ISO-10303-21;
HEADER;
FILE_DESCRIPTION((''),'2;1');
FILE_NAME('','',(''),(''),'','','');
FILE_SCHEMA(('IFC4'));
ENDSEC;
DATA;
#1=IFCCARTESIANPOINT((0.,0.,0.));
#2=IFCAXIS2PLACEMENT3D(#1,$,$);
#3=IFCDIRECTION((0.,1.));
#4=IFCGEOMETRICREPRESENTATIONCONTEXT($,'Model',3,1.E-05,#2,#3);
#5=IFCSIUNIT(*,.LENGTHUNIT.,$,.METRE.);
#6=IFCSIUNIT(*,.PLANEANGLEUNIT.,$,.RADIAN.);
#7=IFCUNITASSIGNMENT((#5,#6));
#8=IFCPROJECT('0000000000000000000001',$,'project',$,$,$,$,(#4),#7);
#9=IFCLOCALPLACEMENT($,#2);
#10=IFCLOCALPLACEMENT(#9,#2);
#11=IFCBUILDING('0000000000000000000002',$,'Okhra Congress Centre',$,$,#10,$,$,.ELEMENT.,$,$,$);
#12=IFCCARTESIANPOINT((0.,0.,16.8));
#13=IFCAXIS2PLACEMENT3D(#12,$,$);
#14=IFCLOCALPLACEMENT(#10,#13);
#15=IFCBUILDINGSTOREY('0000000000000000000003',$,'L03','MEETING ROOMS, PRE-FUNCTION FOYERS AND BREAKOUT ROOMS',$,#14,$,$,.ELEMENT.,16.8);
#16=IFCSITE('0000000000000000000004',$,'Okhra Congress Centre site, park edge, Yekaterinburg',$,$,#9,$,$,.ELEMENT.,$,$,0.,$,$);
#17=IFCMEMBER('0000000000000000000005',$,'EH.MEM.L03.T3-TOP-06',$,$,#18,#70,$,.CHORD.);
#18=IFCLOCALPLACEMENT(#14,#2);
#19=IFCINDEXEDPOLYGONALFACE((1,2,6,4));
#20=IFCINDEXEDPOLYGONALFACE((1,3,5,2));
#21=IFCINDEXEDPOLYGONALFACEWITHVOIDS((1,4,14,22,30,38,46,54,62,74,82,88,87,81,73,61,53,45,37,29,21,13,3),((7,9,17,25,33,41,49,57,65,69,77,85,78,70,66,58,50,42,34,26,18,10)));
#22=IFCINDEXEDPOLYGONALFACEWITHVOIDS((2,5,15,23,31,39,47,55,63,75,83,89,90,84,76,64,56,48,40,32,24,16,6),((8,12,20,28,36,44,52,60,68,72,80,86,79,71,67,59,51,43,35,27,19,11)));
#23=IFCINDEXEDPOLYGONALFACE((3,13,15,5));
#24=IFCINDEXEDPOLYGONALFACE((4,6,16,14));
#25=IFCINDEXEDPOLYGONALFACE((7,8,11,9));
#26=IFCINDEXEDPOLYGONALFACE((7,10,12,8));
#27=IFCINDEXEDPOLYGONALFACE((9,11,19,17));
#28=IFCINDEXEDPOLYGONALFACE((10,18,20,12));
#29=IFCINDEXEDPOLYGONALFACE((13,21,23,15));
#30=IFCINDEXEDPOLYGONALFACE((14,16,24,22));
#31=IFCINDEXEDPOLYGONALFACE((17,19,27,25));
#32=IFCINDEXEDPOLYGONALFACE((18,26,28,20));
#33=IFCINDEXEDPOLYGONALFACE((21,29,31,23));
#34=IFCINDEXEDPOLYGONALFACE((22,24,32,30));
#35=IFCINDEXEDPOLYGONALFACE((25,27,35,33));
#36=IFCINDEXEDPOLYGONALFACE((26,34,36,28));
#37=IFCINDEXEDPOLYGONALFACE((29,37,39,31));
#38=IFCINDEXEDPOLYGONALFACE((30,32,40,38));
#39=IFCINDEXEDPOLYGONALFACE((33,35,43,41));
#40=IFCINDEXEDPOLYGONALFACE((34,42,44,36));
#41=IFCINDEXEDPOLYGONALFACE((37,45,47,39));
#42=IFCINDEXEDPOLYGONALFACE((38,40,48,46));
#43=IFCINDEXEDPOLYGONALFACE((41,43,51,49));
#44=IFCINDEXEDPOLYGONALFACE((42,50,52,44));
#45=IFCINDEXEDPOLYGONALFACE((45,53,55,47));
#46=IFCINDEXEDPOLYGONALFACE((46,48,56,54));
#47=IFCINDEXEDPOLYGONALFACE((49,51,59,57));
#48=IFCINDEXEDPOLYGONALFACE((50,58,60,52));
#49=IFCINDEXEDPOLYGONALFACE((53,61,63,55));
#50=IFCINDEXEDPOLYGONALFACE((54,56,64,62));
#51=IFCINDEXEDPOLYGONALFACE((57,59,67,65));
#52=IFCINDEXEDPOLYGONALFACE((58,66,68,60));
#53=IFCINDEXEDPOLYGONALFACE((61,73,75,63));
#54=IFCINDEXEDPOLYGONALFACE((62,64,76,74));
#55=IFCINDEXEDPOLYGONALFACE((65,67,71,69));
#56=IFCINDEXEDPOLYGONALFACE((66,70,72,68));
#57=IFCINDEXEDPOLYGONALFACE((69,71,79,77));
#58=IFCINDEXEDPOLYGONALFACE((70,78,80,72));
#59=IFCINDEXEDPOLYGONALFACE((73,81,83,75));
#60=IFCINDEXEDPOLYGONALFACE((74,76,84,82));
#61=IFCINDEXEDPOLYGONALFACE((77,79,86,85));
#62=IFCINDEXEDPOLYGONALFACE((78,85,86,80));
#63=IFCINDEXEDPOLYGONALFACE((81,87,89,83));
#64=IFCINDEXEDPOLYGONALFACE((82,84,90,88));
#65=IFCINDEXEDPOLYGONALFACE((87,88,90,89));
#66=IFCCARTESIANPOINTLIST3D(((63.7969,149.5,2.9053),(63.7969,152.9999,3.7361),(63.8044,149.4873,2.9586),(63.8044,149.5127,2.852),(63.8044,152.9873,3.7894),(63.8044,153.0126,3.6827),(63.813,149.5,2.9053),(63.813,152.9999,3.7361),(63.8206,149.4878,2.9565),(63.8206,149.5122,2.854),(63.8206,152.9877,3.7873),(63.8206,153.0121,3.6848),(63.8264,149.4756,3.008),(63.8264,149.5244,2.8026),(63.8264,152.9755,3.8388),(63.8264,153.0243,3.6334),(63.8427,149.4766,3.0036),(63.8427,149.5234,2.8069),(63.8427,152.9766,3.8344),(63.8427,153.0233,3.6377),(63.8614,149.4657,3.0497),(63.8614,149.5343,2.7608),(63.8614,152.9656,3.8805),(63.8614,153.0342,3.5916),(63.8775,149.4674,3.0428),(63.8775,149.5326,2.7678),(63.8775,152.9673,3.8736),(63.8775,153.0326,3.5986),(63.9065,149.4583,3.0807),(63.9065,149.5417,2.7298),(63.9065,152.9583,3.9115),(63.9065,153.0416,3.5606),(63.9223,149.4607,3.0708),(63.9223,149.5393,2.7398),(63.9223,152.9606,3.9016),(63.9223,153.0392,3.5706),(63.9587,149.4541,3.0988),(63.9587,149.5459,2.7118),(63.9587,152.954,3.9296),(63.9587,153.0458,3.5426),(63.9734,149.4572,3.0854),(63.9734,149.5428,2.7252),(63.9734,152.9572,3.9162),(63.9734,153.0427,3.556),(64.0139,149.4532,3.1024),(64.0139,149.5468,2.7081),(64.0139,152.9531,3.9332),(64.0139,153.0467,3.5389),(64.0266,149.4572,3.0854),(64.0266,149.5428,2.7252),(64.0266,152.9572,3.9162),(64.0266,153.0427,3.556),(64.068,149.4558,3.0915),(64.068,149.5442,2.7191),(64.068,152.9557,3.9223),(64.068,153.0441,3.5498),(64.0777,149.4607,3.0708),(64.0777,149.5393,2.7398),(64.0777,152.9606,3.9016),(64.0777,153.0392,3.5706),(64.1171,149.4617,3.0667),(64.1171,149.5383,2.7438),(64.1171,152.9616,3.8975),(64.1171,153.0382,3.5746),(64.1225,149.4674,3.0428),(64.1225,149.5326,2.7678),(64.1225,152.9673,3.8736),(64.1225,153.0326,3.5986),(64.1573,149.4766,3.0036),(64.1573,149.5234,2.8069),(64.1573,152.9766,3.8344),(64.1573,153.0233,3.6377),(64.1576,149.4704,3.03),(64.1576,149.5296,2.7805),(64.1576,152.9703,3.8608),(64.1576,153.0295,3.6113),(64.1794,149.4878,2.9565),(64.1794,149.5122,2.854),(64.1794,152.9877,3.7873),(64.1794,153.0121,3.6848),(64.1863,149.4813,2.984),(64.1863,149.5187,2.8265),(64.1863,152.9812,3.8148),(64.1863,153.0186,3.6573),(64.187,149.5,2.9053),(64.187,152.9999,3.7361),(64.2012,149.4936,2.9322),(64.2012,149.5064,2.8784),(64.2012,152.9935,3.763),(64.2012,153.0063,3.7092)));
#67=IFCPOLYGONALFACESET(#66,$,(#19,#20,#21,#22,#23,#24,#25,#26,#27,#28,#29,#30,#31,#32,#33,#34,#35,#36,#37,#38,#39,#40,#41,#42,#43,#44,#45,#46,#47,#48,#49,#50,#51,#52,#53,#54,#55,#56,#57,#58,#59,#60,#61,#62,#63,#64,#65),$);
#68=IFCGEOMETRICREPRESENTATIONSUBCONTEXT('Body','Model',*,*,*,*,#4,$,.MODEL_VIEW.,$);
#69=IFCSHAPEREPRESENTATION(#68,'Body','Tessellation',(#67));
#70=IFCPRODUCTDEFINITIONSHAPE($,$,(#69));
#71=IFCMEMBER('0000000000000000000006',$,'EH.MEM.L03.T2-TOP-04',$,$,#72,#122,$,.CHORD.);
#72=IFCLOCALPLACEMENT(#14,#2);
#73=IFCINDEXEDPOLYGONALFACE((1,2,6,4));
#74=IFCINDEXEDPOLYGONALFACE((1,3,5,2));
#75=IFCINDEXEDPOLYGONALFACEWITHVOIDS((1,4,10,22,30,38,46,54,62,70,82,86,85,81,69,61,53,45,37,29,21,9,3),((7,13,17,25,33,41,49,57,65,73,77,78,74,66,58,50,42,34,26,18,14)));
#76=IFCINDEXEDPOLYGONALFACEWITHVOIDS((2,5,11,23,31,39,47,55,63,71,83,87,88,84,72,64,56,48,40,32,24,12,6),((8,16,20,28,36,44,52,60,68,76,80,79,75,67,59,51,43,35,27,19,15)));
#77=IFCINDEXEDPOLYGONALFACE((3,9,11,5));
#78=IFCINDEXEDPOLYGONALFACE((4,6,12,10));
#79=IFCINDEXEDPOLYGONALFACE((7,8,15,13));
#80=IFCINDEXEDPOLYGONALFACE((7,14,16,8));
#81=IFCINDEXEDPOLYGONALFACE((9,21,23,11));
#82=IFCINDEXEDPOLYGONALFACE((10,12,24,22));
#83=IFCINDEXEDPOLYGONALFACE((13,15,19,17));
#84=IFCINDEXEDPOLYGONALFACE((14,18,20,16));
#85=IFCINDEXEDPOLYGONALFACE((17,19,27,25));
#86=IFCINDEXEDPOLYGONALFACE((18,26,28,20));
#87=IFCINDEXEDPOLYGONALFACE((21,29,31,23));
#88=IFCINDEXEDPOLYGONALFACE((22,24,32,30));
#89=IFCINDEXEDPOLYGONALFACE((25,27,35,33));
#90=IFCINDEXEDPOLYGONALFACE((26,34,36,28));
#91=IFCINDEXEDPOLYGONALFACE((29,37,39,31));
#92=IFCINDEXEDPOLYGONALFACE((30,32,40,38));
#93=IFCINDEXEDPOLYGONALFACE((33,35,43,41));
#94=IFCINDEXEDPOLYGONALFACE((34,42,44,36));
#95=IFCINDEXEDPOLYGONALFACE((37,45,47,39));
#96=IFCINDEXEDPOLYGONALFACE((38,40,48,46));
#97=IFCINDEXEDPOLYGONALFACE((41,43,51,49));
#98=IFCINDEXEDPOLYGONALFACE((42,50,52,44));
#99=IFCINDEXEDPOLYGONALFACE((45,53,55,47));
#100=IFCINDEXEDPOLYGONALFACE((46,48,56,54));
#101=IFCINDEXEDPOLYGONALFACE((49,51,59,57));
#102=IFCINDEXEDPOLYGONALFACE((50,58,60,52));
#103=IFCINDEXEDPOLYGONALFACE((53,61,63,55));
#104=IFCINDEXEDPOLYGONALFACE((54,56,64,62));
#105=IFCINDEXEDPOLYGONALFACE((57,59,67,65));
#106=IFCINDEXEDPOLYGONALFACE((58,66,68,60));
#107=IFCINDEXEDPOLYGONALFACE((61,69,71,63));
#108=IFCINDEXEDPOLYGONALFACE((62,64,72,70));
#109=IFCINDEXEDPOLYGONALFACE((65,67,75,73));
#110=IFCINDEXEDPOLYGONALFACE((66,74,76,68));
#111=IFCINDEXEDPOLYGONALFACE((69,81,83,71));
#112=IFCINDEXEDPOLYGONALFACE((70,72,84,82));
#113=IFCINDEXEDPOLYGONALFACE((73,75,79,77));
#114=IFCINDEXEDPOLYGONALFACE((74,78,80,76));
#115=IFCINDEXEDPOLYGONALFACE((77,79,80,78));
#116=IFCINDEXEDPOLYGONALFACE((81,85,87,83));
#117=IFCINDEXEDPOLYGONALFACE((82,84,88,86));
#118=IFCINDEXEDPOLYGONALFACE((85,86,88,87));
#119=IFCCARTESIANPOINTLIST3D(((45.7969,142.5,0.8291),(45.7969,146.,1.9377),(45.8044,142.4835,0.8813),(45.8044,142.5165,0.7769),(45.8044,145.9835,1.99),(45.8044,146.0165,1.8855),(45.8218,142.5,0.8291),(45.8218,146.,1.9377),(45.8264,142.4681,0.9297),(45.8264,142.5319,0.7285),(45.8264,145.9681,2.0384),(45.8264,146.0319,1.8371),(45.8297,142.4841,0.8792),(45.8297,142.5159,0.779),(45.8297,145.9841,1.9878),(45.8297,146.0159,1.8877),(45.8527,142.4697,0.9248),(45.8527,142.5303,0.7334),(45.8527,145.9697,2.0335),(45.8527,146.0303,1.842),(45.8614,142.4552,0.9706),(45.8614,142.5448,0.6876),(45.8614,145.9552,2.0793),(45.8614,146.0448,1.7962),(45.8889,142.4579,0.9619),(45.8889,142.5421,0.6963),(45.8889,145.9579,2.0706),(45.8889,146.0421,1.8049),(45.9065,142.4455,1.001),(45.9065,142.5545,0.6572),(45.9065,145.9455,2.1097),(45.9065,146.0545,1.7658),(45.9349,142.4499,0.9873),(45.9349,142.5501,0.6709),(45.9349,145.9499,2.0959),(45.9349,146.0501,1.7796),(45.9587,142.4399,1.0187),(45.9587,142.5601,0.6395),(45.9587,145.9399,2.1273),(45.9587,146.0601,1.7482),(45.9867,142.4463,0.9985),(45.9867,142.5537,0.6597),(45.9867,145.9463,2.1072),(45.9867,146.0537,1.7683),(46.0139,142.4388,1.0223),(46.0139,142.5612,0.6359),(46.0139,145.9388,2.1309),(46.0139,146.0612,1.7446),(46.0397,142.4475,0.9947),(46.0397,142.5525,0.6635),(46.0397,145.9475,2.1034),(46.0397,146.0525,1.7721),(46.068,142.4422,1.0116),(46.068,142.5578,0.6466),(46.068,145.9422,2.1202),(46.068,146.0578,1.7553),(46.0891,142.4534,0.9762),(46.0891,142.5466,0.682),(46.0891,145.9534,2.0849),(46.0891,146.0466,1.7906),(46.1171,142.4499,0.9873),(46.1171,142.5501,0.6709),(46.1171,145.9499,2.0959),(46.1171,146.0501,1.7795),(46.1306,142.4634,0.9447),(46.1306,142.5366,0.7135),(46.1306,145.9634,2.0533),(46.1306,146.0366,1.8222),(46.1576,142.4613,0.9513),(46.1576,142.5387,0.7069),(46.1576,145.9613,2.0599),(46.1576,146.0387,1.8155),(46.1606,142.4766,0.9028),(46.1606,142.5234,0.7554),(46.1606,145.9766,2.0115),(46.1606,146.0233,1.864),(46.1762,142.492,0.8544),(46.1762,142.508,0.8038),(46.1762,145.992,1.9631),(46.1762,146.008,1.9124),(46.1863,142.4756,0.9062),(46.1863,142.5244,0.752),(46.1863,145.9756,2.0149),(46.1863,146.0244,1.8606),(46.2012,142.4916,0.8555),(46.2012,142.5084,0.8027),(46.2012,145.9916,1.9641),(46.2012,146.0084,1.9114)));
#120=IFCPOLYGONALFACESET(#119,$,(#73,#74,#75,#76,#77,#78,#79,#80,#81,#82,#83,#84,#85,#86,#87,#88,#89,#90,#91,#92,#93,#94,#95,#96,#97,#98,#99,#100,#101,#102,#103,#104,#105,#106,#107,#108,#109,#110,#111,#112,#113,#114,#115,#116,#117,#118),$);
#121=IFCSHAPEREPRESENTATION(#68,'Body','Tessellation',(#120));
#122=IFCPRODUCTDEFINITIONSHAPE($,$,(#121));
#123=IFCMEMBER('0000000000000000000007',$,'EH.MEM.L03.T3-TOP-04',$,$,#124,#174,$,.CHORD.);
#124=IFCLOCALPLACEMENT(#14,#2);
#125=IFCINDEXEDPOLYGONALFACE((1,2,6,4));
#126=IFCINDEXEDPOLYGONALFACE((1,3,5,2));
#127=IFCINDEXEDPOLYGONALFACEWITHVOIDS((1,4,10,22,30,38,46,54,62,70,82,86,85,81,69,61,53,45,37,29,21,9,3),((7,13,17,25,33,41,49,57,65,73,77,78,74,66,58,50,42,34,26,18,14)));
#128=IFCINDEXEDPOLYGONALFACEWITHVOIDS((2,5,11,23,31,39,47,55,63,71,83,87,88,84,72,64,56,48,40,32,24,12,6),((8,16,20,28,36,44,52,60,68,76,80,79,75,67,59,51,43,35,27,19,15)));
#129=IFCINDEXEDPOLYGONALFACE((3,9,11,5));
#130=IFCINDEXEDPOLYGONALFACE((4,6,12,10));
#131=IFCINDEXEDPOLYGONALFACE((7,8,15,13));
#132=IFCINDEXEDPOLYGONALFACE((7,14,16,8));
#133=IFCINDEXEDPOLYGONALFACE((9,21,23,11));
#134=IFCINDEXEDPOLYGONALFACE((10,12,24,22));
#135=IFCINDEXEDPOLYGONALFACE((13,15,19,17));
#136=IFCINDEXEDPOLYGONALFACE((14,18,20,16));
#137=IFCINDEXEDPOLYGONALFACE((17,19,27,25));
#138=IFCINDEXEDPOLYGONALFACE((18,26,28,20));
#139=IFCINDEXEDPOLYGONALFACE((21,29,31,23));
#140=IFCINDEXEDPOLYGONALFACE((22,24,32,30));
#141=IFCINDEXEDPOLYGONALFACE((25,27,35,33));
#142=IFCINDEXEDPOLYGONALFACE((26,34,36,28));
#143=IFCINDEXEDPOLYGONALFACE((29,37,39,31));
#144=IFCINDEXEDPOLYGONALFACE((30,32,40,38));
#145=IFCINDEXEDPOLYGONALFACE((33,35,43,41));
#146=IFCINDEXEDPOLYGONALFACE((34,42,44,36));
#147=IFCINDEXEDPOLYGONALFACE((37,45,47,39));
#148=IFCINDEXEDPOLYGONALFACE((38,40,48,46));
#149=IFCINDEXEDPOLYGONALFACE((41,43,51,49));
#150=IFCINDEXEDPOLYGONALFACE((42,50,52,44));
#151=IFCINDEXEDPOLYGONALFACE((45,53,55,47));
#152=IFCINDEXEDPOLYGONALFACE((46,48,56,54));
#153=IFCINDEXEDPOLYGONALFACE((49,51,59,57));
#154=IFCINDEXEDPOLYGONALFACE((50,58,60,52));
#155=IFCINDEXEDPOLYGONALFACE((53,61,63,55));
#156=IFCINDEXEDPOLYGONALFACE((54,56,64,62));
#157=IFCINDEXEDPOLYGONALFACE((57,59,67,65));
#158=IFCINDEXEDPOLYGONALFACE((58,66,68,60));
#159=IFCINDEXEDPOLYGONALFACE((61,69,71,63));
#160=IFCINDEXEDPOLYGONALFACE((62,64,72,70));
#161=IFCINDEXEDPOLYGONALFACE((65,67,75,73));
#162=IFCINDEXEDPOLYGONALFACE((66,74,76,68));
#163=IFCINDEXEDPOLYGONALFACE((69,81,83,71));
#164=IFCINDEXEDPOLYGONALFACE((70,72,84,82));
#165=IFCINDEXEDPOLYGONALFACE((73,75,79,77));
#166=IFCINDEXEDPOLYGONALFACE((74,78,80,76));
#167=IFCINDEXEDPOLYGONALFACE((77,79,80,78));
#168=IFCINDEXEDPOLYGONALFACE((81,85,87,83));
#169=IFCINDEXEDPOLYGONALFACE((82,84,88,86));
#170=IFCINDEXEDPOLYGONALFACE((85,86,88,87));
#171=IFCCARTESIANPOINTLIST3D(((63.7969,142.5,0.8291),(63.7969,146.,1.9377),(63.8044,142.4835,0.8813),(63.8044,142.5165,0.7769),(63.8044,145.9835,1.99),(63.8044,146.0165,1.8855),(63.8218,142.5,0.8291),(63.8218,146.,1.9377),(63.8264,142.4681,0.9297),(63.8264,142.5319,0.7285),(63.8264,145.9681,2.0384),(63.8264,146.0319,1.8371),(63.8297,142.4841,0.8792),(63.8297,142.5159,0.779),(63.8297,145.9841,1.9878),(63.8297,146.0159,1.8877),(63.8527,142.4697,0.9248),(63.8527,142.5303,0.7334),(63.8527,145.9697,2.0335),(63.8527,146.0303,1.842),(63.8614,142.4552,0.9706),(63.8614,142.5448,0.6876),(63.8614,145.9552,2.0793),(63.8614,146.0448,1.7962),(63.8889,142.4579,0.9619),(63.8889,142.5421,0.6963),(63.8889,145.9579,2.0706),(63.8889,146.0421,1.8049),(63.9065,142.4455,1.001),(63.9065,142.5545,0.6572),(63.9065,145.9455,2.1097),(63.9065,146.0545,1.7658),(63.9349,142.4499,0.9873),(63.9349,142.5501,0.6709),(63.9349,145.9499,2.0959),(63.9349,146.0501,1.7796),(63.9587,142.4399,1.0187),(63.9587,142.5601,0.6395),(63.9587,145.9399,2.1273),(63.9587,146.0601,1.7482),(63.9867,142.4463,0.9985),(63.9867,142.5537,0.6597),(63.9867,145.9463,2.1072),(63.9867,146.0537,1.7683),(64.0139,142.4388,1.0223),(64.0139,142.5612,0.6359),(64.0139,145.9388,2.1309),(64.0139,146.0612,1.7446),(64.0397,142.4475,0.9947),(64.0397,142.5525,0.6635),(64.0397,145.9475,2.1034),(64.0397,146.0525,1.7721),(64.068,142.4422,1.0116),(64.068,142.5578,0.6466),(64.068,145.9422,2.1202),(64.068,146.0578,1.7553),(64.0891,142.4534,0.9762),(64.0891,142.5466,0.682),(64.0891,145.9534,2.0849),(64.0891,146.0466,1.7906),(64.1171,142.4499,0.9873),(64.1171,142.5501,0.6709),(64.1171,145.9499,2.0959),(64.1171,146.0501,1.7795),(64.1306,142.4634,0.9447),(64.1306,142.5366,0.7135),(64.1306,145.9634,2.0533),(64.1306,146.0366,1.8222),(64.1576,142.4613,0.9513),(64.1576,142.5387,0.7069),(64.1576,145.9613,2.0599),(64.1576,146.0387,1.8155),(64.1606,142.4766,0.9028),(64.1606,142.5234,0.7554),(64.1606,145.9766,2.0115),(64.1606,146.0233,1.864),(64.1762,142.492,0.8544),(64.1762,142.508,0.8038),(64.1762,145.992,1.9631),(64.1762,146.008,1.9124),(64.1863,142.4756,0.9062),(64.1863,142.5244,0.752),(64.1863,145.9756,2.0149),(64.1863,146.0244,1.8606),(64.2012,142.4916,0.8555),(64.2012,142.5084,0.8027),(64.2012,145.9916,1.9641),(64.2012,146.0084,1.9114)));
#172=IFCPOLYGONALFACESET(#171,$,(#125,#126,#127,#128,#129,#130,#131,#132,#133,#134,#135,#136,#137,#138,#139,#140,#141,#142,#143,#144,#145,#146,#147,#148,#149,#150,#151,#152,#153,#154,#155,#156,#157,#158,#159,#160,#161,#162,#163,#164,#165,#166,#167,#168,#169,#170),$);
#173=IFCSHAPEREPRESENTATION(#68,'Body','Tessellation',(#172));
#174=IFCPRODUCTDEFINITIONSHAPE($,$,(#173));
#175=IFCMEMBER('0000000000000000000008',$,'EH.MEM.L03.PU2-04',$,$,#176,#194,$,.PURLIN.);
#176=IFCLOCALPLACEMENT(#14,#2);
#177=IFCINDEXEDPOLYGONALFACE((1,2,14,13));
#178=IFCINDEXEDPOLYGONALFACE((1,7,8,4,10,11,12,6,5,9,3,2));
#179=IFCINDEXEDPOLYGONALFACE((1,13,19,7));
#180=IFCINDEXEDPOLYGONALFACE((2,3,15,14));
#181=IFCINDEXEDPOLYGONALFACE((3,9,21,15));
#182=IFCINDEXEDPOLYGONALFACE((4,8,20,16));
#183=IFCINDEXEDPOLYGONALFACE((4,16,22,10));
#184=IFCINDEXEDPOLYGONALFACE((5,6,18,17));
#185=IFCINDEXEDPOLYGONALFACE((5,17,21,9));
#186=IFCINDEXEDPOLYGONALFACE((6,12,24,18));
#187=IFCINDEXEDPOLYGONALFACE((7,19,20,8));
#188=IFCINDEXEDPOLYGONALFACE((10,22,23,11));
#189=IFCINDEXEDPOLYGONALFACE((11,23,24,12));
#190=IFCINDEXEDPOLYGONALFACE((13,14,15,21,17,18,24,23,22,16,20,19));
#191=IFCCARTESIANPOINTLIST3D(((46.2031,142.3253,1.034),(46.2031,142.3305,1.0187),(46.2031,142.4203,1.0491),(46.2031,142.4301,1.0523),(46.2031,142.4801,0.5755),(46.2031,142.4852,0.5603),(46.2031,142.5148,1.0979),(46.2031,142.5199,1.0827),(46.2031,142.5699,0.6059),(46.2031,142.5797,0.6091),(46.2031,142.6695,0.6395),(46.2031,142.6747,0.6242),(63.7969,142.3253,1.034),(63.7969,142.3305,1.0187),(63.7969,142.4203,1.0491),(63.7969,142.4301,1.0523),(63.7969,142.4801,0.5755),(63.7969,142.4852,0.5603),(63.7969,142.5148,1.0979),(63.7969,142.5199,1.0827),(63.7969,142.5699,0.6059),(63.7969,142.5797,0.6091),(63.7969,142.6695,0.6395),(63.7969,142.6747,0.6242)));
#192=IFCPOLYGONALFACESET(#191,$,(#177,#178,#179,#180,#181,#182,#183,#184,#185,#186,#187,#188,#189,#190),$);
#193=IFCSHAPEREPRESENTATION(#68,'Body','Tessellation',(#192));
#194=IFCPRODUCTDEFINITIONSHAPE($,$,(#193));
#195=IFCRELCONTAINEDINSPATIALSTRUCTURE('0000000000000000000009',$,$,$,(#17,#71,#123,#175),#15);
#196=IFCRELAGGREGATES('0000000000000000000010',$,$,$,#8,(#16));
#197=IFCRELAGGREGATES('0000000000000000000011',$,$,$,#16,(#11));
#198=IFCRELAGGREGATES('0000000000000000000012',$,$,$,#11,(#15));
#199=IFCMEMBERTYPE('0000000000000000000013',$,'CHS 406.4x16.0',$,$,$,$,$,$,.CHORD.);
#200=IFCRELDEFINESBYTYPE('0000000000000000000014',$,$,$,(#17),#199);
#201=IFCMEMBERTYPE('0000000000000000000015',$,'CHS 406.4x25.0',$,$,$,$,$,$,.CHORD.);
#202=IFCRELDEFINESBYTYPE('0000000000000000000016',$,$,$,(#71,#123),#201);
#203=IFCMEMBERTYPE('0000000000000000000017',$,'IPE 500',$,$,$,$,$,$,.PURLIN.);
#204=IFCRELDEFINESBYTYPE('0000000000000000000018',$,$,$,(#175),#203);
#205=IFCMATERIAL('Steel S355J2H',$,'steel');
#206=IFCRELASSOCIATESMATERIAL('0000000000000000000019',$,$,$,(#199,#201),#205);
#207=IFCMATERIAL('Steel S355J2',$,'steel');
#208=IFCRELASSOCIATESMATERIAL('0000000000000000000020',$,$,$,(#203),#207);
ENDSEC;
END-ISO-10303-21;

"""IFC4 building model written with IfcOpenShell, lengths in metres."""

from ifc_helpers import new_model, si_unit, direction, frame, origin, origin_2d, place, context, subcontext, project, spatial, hollow_circle, i_section, extrude, material, material_profile, profile_set, type_object, element, save


model = new_model("IFC4")

# Units and contexts
model_context = context("Model", 3, precision=1e-05, world=origin(), true_north=direction((0.0, 1.0)))
body_context = subcontext(model_context, "Body", "Model", "MODEL_VIEW")
ifc_project = project(units=[si_unit("LENGTHUNIT", "METRE"), si_unit("PLANEANGLEUNIT", "RADIAN")], contexts=[model_context])

# Site, building, storey
site_placement = place(None, origin())
site = spatial("IfcSite", under=ifc_project, at=site_placement, Name="Okhra Congress Centre site, park edge, Yekaterinburg", CompositionType="ELEMENT", RefElevation=0.0)
building_placement = place(site_placement, origin())
building = spatial("IfcBuilding", under=site, at=building_placement, Name="Okhra Congress Centre", CompositionType="ELEMENT")
storey_placement = place(building_placement, frame((0.0, 0.0, 16.8)))
storey = spatial("IfcBuildingStorey", under=building, at=storey_placement, Name="L03", Description="MEETING ROOMS, PRE-FUNCTION FOYERS AND BREAKOUT ROOMS", CompositionType="ELEMENT", Elevation=16.8)

# Members
ifc_material_1 = material(Name="Steel S355J2H", Category="steel")
ifc_material_profile_1 = material_profile(ifc_material_1, hollow_circle(Radius=0.2031, WallThickness=0.0161, at=origin_2d()), Name="CHS 406.4x16.0")
ifc_profile_set_1 = profile_set([ifc_material_profile_1], Name="Steel S355J2H")
member_type_1 = type_object("IfcMemberType", Name="CHS 406.4x16.0", PredefinedType="CHORD", material=ifc_profile_set_1)
member_1_placement = place(storey_placement, frame((64.0, 149.5, 2.9053), z_axis=(0.0, 0.972964, 0.230957), x_axis=(-1.0, 0.0, 0.0)))
element("IfcMember", 1, at=member_1_placement, inside=storey, type_object=member_type_1, Name="EH.MEM.L03.T3-TOP-06", PredefinedType="CHORD", context=body_context, shape_type="SweptSolid", body=[
    extrude(hollow_circle(Radius=0.2031, WallThickness=0.0161, at=origin_2d()), origin(), (0.0, 0.0, 1.0), 3.5972),
])
ifc_material_profile_2 = material_profile(ifc_material_1, hollow_circle(Radius=0.2031, WallThickness=0.0249, at=origin_2d()), Name="CHS 406.4x25.0")
ifc_profile_set_2 = profile_set([ifc_material_profile_2], Name="Steel S355J2H")
member_type_2 = type_object("IfcMemberType", Name="CHS 406.4x25.0", PredefinedType="CHORD", material=ifc_profile_set_2)
for number, where, z_axis, x_axis, name in (
    (2, (46.0, 142.5, 0.8291), (0.0, 0.953318, 0.301968), (-1.0, 0.0, 0.0), "EH.MEM.L03.T2-TOP-04"),
    (3, (64.0, 142.5, 0.8291), (0.0, 0.953318, 0.301968), (-1.0, 0.0, 0.0), "EH.MEM.L03.T3-TOP-04"),
):
    element("IfcMember", number, at=place(storey_placement, frame(where, z_axis=z_axis, x_axis=x_axis)), inside=storey, type_object=member_type_2, Name=name, PredefinedType="CHORD", context=body_context, shape_type="SweptSolid", body=[
        extrude(hollow_circle(Radius=0.2031, WallThickness=0.0249, at=origin_2d()), origin(), (0.0, 0.0, 1.0), 3.6714),
    ])
ifc_material_2 = material(Name="Steel S355J2", Category="steel")
ifc_material_profile_3 = material_profile(ifc_material_2, i_section(OverallWidth=0.2, OverallDepth=0.5, WebThickness=0.0103, FlangeThickness=0.0161, at=origin_2d()), Name="IPE 500")
ifc_profile_set_3 = profile_set([ifc_material_profile_3], Name="Steel S355J2")
member_type_3 = type_object("IfcMemberType", Name="IPE 500", PredefinedType="PURLIN", material=ifc_profile_set_3)
for number, where, z_axis, x_axis, name in (
    (4, (46.2031, 142.5, 0.8291), (1.0, 0.0, 0.0), (0.0, 0.947481, 0.319813), "EH.MEM.L03.PU2-04"),
):
    element("IfcMember", number, at=place(storey_placement, frame(where, z_axis=z_axis, x_axis=x_axis)), inside=storey, type_object=member_type_3, Name=name, PredefinedType="PURLIN", context=body_context, shape_type="SweptSolid", body=[
        extrude(i_section(OverallWidth=0.2, OverallDepth=0.5, WebThickness=0.0103, FlangeThickness=0.0161, at=origin_2d()), origin(), (0.0, 0.0, 1.0), 17.5938),
    ])

save(model, "model.ifc")
